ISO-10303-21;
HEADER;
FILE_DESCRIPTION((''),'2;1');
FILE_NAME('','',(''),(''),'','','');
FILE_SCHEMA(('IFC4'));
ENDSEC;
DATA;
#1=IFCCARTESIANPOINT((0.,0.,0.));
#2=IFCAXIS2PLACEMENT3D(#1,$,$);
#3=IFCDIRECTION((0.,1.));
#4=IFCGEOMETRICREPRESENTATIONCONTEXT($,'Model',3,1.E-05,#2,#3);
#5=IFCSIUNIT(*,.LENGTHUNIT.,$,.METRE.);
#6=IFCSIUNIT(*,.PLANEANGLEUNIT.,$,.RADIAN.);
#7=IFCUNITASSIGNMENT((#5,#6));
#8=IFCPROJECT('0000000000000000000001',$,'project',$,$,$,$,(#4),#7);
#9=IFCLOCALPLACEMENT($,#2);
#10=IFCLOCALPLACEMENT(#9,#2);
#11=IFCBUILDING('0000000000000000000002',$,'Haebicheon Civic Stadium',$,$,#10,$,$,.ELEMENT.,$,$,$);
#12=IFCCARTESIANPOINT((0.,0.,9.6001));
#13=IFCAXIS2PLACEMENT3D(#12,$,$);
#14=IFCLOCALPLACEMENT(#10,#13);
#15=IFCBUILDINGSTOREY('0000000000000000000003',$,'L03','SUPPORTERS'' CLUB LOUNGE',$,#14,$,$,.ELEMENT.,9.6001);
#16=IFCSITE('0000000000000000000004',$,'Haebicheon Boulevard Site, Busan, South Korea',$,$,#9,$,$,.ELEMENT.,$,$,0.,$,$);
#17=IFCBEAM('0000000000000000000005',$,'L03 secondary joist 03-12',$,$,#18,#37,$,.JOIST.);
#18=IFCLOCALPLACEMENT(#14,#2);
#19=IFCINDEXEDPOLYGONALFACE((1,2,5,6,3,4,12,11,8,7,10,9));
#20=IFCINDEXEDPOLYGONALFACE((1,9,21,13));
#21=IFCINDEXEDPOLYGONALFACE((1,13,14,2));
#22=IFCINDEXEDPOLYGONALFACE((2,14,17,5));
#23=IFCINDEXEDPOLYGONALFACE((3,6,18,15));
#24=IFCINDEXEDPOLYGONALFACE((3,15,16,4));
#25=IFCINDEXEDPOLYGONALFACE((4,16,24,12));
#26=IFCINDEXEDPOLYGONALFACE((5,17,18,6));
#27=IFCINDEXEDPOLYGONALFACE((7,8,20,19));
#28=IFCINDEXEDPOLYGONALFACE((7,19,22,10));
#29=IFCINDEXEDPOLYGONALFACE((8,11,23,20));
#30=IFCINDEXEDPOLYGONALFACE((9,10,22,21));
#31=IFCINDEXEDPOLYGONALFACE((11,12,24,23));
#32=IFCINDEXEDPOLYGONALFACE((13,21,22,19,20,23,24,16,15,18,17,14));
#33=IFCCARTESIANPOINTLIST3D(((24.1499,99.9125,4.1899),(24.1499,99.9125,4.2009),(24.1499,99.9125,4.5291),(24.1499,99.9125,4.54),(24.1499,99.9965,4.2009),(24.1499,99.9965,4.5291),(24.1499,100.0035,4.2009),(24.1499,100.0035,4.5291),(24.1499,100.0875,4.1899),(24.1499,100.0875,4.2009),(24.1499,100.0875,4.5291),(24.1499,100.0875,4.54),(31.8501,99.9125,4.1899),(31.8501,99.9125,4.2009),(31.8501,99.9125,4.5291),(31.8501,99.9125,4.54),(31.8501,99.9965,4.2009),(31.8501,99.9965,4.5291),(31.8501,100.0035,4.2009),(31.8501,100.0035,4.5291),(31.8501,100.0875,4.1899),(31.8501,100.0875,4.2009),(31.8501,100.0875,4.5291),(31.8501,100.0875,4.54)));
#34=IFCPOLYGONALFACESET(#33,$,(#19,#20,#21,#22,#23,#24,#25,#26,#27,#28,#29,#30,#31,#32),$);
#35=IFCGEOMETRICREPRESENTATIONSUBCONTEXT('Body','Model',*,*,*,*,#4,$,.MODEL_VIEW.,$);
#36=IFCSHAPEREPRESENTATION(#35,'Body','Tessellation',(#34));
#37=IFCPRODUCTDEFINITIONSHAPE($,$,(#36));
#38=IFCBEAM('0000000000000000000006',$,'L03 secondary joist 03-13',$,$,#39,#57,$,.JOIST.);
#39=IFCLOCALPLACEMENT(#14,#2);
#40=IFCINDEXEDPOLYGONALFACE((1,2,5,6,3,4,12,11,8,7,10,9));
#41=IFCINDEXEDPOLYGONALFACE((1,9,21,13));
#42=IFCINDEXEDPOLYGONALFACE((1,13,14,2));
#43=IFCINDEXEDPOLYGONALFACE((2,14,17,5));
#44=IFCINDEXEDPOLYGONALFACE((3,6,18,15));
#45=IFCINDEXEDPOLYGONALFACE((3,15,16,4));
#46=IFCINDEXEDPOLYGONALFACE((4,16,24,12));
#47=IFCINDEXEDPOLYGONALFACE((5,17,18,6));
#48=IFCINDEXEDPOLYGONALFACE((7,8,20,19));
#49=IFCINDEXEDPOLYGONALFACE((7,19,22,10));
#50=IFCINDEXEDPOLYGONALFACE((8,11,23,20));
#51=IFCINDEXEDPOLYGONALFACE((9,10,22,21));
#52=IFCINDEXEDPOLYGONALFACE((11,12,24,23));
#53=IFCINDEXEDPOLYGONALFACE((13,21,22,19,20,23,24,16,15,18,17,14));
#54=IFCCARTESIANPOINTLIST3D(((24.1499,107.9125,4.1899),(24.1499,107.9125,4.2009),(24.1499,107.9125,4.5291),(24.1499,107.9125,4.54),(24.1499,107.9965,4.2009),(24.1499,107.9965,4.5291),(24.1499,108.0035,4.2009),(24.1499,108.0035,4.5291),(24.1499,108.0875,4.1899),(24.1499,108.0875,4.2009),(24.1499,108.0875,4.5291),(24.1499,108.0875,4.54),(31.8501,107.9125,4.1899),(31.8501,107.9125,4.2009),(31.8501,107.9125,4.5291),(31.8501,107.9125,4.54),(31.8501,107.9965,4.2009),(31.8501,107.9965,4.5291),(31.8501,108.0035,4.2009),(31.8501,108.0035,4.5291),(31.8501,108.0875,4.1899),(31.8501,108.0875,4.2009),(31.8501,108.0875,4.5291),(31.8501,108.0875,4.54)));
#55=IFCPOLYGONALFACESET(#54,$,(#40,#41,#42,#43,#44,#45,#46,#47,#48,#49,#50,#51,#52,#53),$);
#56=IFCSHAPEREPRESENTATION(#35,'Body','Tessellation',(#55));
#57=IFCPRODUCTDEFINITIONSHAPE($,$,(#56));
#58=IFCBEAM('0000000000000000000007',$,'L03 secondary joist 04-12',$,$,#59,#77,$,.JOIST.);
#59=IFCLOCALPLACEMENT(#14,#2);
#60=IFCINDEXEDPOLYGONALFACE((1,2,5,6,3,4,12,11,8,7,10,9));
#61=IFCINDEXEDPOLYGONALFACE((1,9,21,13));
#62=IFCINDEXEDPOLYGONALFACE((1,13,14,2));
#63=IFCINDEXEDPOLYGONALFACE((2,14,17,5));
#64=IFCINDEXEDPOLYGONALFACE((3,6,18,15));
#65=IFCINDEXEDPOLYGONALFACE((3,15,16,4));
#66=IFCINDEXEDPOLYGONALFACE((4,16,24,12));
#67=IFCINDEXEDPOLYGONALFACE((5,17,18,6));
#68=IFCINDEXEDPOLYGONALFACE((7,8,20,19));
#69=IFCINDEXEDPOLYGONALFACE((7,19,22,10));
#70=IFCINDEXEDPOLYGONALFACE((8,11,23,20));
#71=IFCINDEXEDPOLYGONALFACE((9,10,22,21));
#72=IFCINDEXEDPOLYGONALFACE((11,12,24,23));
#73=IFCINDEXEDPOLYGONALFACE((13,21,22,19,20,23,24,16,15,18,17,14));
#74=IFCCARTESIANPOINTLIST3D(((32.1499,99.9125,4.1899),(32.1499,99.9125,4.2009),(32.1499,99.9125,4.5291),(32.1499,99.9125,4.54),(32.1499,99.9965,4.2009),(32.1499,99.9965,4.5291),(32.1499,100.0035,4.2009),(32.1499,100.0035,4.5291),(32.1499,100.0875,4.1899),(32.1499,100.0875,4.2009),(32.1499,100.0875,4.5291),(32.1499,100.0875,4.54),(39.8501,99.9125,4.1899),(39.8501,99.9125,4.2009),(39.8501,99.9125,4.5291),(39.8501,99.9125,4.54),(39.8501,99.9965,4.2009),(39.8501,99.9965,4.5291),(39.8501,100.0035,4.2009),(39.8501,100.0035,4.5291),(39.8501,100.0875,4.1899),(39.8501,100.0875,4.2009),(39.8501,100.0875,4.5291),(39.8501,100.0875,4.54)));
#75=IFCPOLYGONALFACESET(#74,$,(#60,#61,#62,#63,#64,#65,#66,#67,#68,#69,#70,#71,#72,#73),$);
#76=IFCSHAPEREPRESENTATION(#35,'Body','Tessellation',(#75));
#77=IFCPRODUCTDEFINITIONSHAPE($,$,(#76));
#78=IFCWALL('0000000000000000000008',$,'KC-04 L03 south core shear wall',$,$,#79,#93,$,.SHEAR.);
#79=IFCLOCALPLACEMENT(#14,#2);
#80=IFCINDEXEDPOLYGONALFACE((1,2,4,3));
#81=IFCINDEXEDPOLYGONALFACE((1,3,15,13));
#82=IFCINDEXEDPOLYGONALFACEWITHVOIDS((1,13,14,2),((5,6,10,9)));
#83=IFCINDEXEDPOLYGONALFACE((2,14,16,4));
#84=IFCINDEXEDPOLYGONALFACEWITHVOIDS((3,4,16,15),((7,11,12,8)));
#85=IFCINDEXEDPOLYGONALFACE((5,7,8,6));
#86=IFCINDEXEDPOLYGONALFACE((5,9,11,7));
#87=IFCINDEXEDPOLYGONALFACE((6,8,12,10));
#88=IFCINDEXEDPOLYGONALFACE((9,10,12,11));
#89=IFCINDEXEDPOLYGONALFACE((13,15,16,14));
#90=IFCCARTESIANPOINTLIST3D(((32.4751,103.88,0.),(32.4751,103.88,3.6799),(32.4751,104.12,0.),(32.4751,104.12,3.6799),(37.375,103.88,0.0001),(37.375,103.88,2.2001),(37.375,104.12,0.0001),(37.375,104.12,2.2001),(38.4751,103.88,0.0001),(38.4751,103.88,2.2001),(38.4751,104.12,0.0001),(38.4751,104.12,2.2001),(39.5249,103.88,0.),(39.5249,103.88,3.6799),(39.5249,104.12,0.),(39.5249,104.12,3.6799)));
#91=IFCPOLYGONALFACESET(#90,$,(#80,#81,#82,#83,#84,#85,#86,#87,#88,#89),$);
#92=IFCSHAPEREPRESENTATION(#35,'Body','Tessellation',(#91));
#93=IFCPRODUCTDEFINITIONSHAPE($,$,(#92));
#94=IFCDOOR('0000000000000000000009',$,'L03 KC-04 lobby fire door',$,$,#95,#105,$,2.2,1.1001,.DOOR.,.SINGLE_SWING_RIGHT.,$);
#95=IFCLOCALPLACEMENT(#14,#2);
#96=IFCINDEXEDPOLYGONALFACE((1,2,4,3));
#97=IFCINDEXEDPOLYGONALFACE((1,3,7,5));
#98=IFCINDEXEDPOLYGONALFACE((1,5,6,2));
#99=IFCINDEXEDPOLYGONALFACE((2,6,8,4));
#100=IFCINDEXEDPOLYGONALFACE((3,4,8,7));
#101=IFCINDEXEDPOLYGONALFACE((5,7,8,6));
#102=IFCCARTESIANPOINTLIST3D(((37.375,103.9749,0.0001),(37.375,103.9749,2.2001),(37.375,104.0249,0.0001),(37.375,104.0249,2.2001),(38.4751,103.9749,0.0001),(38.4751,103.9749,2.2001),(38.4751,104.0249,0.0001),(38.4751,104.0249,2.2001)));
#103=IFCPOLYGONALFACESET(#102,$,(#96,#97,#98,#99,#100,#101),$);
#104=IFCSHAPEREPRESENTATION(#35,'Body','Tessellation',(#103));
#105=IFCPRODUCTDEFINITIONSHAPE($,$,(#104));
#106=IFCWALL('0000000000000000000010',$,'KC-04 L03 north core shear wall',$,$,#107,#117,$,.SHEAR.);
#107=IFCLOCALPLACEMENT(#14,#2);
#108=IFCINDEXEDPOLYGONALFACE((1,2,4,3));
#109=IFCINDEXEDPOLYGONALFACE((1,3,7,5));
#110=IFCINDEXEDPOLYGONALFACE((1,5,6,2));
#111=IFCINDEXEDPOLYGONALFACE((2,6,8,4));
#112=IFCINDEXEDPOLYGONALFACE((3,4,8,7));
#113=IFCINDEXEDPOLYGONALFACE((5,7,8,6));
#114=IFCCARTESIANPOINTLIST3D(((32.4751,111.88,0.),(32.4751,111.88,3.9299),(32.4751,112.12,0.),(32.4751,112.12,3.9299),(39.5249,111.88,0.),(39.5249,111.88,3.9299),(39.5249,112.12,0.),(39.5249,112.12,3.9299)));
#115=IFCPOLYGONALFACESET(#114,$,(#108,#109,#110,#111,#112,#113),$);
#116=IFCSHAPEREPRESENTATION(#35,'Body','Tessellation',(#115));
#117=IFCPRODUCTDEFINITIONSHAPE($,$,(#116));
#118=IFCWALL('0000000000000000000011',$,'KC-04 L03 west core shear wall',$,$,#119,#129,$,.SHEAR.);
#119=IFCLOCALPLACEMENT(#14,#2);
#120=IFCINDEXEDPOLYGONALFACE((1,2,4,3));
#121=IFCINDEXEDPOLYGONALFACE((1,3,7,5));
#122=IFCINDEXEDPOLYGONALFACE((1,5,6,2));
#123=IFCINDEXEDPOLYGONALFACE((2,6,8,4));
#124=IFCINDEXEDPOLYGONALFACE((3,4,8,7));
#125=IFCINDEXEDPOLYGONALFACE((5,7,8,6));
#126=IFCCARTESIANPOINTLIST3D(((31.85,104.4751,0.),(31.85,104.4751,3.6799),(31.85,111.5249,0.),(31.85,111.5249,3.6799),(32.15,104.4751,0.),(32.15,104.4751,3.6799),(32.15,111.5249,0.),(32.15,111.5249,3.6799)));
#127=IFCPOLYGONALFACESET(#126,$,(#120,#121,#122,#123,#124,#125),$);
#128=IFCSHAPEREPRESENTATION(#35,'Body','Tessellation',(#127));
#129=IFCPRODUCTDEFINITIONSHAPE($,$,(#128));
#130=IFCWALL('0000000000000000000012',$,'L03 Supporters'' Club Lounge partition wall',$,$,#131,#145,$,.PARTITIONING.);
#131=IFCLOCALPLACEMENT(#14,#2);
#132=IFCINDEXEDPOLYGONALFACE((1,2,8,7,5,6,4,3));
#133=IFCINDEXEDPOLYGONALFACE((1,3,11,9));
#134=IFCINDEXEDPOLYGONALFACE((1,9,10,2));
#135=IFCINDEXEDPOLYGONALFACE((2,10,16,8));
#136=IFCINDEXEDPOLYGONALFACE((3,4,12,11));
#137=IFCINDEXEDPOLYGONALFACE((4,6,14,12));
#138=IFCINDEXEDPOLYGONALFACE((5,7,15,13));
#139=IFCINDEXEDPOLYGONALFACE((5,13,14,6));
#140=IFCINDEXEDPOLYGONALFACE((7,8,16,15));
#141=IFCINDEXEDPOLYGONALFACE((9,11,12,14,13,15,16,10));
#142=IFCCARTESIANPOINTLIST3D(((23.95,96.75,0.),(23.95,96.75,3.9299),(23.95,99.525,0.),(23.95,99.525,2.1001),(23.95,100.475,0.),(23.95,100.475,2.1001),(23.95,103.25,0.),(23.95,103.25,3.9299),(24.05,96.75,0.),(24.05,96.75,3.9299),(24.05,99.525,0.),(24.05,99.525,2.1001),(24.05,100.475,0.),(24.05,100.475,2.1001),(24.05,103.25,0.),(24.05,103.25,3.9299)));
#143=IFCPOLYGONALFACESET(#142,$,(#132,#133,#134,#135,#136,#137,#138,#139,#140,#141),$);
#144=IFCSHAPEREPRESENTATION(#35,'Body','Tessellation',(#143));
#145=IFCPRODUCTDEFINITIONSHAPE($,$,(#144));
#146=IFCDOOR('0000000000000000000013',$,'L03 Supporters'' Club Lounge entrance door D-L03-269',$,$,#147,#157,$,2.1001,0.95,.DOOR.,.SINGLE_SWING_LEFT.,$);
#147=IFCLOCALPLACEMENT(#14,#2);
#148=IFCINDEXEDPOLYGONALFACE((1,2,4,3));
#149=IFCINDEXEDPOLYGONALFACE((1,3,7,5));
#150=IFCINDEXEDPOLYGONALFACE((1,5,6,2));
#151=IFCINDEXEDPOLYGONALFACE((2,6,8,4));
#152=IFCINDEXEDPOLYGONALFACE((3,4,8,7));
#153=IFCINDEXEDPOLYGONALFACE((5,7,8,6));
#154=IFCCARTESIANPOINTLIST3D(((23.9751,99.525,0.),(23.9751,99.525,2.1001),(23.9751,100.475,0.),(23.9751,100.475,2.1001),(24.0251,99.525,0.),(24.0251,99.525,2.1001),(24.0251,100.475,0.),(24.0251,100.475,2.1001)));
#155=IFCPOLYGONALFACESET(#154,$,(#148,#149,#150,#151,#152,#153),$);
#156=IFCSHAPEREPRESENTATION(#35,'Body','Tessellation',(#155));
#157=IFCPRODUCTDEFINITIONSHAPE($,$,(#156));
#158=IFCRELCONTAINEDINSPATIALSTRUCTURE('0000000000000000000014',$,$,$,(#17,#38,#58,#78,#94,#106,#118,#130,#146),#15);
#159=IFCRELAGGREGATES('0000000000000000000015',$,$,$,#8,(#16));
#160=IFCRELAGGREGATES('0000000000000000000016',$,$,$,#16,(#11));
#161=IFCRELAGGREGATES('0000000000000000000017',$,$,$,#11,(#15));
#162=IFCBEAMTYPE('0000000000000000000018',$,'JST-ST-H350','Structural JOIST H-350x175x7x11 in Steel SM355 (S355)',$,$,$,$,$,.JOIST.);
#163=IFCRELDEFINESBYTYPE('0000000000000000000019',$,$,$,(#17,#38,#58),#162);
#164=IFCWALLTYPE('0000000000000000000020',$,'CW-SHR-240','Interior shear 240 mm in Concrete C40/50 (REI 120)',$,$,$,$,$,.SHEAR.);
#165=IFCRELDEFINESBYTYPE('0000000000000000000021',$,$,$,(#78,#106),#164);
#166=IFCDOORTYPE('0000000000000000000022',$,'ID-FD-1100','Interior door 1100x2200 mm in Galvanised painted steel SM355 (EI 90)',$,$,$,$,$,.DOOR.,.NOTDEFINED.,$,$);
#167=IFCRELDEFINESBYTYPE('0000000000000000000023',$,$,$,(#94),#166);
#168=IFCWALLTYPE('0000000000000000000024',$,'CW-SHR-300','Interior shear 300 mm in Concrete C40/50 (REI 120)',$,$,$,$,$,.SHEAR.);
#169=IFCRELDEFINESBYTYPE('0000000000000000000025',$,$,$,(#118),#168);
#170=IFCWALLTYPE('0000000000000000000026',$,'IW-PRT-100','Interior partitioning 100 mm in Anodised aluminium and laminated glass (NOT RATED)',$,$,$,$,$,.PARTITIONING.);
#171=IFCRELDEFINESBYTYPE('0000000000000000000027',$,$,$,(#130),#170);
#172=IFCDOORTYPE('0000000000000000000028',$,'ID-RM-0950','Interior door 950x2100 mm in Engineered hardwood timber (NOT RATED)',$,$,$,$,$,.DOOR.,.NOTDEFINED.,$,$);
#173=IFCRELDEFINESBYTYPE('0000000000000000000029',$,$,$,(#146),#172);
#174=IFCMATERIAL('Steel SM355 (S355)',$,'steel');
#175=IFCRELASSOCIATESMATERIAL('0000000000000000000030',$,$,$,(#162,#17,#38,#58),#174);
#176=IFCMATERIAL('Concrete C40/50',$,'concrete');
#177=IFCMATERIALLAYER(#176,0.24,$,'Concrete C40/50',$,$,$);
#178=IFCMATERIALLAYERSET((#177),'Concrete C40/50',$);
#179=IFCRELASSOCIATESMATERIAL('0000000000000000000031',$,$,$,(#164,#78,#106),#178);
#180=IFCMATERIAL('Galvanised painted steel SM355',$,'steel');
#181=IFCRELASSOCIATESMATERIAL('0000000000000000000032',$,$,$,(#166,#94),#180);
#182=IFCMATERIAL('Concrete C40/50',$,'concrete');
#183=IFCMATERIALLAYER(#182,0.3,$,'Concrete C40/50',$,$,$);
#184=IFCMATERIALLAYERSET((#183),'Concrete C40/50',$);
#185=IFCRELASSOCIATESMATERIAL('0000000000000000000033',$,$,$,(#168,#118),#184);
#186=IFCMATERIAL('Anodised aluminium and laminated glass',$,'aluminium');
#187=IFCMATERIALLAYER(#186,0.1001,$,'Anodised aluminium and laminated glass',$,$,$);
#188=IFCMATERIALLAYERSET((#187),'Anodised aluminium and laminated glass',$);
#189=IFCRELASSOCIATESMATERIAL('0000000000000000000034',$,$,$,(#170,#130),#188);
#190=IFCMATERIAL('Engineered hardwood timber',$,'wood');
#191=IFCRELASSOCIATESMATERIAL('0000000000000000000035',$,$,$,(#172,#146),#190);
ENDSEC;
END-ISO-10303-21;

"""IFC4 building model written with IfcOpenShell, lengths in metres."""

from ifc_helpers import new_model, si_unit, direction, frame, frame_2d, origin, origin_2d, place, context, subcontext, project, spatial, rectangle, i_section, extrude, material, layer, layer_set, material_profile, profile_set, type_object, element, fill, save


model = new_model("IFC4")

# Units and contexts
model_context = context("Model", 3, precision=1e-05, world=origin(), true_north=direction((0.0, 1.0)))
body_context = subcontext(model_context, "Body", "Model", "MODEL_VIEW")
ifc_project = project(units=[si_unit("LENGTHUNIT", "METRE"), si_unit("PLANEANGLEUNIT", "RADIAN")], contexts=[model_context])

# Site, building, storey
site_placement = place(None, origin())
site = spatial("IfcSite", under=ifc_project, at=site_placement, Name="Haebicheon Boulevard Site, Busan, South Korea", CompositionType="ELEMENT", RefElevation=0.0)
building_placement = place(site_placement, origin())
building = spatial("IfcBuilding", under=site, at=building_placement, Name="Haebicheon Civic Stadium", CompositionType="ELEMENT")
storey_placement = place(building_placement, frame((0.0, 0.0, 9.6001)))
storey = spatial("IfcBuildingStorey", under=building, at=storey_placement, Name="L03", Description="SUPPORTERS' CLUB LOUNGE", CompositionType="ELEMENT", Elevation=9.6001)

# Beams
ifc_material_1 = material(Name="Steel SM355 (S355)", Category="steel")
ifc_material_profile_1 = material_profile(ifc_material_1, i_section(OverallWidth=0.175, OverallDepth=0.3501, WebThickness=0.0071, FlangeThickness=0.011, at=origin_2d()), Name="H-350x175x7x11")
ifc_profile_set_1 = profile_set([ifc_material_profile_1], Name="Steel SM355 (S355)")
beam_type_1 = type_object("IfcBeamType", Name="JST-ST-H350", Description="Structural JOIST H-350x175x7x11 in Steel SM355 (S355)", PredefinedType="JOIST", material=ifc_profile_set_1)
for number, where, z_axis, x_axis, name in (
    (1, (24.1499, 100.0, 4.365), (1.0, 0.0, 0.0), (0.0, 1.0, 0.0), "L03 secondary joist 03-12"),
    (2, (24.1499, 108.0, 4.365), (1.0, 0.0, 0.0), (0.0, 1.0, 0.0), "L03 secondary joist 03-13"),
    (3, (32.1499, 100.0, 4.365), (1.0, 0.0, 0.0), (0.0, 1.0, 0.0), "L03 secondary joist 04-12"),
):
    element("IfcBeam", number, at=place(storey_placement, frame(where, z_axis=z_axis, x_axis=x_axis)), inside=storey, type_object=beam_type_1, material=ifc_profile_set_1, Name=name, PredefinedType="JOIST", context=body_context, shape_type="SweptSolid", body=[
        extrude(i_section(OverallWidth=0.175, OverallDepth=0.3501, WebThickness=0.0071, FlangeThickness=0.011, at=origin_2d()), origin(), (0.0, 0.0, 1.0), 7.7002),
    ])

# Wall, opening, door
ifc_material_2 = material(Name="Concrete C40/50", Category="concrete")
ifc_layer_1 = layer(ifc_material_2, 0.24, Name="Concrete C40/50")
ifc_layer_set_1 = layer_set([ifc_layer_1], Name="Concrete C40/50")
wall_type_1 = type_object("IfcWallType", Name="CW-SHR-240", Description="Interior shear 240 mm in Concrete C40/50 (REI 120)", PredefinedType="SHEAR", material=ifc_layer_set_1)
wall_1_placement = place(storey_placement, frame((32.4751, 104.0, 0.0), z_axis=(0.0, 0.0, 1.0), x_axis=(1.0, 0.0, 0.0)))
wall_1 = element("IfcWall", 4, at=wall_1_placement, inside=storey, type_object=wall_type_1, material=ifc_layer_set_1, Name="KC-04 L03 south core shear wall", PredefinedType="SHEAR", context=body_context, shape_type="SweptSolid", body=[
    extrude(rectangle(XDim=7.0498, YDim=0.24, at=frame_2d((3.5249, 0.0))), origin(), (0.0, 0.0, 1.0), 3.6799),
])
opening_1_placement = place(wall_1_placement, frame((4.8999, 0.0, 0.0)))
opening_1 = element("IfcOpeningElement", 5, at=opening_1_placement, cuts=wall_1, PredefinedType="OPENING", context=body_context, shape_type="SweptSolid", body=[
    extrude(rectangle(XDim=1.1001, YDim=2.2, at=frame_2d((0.55, 1.1001))), frame((0.0, 0.1299, 0.0), z_axis=(0.0, -1.0, 0.0), x_axis=(1.0, 0.0, 0.0)), (0.0, 0.0, 1.0), 0.26),
])
ifc_material_3 = material(Name="Galvanised painted steel SM355", Category="steel")
door_type_1 = type_object("IfcDoorType", Name="ID-FD-1100", Description="Interior door 1100x2200 mm in Galvanised painted steel SM355 (EI 90)", OperationType="NOTDEFINED", PredefinedType="DOOR", material=ifc_material_3)
door_1_placement = place(opening_1_placement, origin())
door_1 = element("IfcDoor", 6, at=door_1_placement, inside=storey, type_object=door_type_1, material=ifc_material_3, Name="L03 KC-04 lobby fire door", OperationType="SINGLE_SWING_RIGHT", OverallHeight=2.2, OverallWidth=1.1001, PredefinedType="DOOR", context=body_context, shape_type="SweptSolid", body=[
    extrude(rectangle(XDim=1.1001, YDim=2.2, at=frame_2d((0.55, 1.1001))), frame((0.0, 0.0249, 0.0), z_axis=(0.0, -1.0, 0.0), x_axis=(1.0, 0.0, 0.0)), (0.0, 0.0, 1.0), 0.05),
])
fill(opening_1, door_1)

# Walls
wall_2_placement = place(storey_placement, frame((32.4751, 112.0, 0.0), z_axis=(0.0, 0.0, 1.0), x_axis=(1.0, 0.0, 0.0)))
element("IfcWall", 7, at=wall_2_placement, inside=storey, type_object=wall_type_1, material=ifc_layer_set_1, Name="KC-04 L03 north core shear wall", PredefinedType="SHEAR", context=body_context, shape_type="SweptSolid", body=[
    extrude(rectangle(XDim=7.0498, YDim=0.24, at=frame_2d((3.5249, 0.0))), origin(), (0.0, 0.0, 1.0), 3.9299),
])
ifc_material_4 = material(Name="Concrete C40/50", Category="concrete")
ifc_layer_2 = layer(ifc_material_4, 0.3, Name="Concrete C40/50")
ifc_layer_set_2 = layer_set([ifc_layer_2], Name="Concrete C40/50")
wall_type_2 = type_object("IfcWallType", Name="CW-SHR-300", Description="Interior shear 300 mm in Concrete C40/50 (REI 120)", PredefinedType="SHEAR", material=ifc_layer_set_2)
wall_3_placement = place(storey_placement, frame((32.0, 104.4751, 0.0), z_axis=(0.0, 0.0, 1.0), x_axis=(0.0, 1.0, 0.0)))
element("IfcWall", 8, at=wall_3_placement, inside=storey, type_object=wall_type_2, material=ifc_layer_set_2, Name="KC-04 L03 west core shear wall", PredefinedType="SHEAR", context=body_context, shape_type="SweptSolid", body=[
    extrude(rectangle(XDim=7.0498, YDim=0.3, at=frame_2d((3.5249, 0.0))), origin(), (0.0, 0.0, 1.0), 3.6799),
])

# Wall, opening, door
ifc_material_5 = material(Name="Anodised aluminium and laminated glass", Category="aluminium")
ifc_layer_3 = layer(ifc_material_5, 0.1001, Name="Anodised aluminium and laminated glass")
ifc_layer_set_3 = layer_set([ifc_layer_3], Name="Anodised aluminium and laminated glass")
wall_type_3 = type_object("IfcWallType", Name="IW-PRT-100", Description="Interior partitioning 100 mm in Anodised aluminium and laminated glass (NOT RATED)", PredefinedType="PARTITIONING", material=ifc_layer_set_3)
wall_4_placement = place(storey_placement, frame((24.0, 96.75, 0.0), z_axis=(0.0, 0.0, 1.0), x_axis=(0.0, 1.0, 0.0)))
wall_4 = element("IfcWall", 9, at=wall_4_placement, inside=storey, type_object=wall_type_3, material=ifc_layer_set_3, Name="L03 Supporters' Club Lounge partition wall", PredefinedType="PARTITIONING", context=body_context, shape_type="SweptSolid", body=[
    extrude(rectangle(XDim=6.5, YDim=0.1001, at=frame_2d((3.25, 0.0))), origin(), (0.0, 0.0, 1.0), 3.9299),
])
opening_2_placement = place(wall_4_placement, frame((2.7749, 0.0, 0.0)))
opening_2 = element("IfcOpeningElement", 10, at=opening_2_placement, cuts=wall_4, PredefinedType="OPENING", context=body_context, shape_type="SweptSolid", body=[
    extrude(rectangle(XDim=0.95, YDim=2.1001, at=frame_2d((0.4751, 1.05))), frame((0.0, 0.0601, 0.0), z_axis=(0.0, -1.0, 0.0), x_axis=(1.0, 0.0, 0.0)), (0.0, 0.0, 1.0), 0.1201),
])
ifc_material_6 = material(Name="Engineered hardwood timber", Category="wood")
door_type_2 = type_object("IfcDoorType", Name="ID-RM-0950", Description="Interior door 950x2100 mm in Engineered hardwood timber (NOT RATED)", OperationType="NOTDEFINED", PredefinedType="DOOR", material=ifc_material_6)
door_2_placement = place(opening_2_placement, origin())
door_2 = element("IfcDoor", 11, at=door_2_placement, inside=storey, type_object=door_type_2, material=ifc_material_6, Name="L03 Supporters' Club Lounge entrance door D-L03-269", OperationType="SINGLE_SWING_LEFT", OverallHeight=2.1001, OverallWidth=0.95, PredefinedType="DOOR", context=body_context, shape_type="SweptSolid", body=[
    extrude(rectangle(XDim=0.95, YDim=2.1001, at=frame_2d((0.4751, 1.05))), frame((0.0, 0.0249, 0.0), z_axis=(0.0, -1.0, 0.0), x_axis=(1.0, 0.0, 0.0)), (0.0, 0.0, 1.0), 0.05),
])
fill(opening_2, door_2)

save(model, "model.ifc")
